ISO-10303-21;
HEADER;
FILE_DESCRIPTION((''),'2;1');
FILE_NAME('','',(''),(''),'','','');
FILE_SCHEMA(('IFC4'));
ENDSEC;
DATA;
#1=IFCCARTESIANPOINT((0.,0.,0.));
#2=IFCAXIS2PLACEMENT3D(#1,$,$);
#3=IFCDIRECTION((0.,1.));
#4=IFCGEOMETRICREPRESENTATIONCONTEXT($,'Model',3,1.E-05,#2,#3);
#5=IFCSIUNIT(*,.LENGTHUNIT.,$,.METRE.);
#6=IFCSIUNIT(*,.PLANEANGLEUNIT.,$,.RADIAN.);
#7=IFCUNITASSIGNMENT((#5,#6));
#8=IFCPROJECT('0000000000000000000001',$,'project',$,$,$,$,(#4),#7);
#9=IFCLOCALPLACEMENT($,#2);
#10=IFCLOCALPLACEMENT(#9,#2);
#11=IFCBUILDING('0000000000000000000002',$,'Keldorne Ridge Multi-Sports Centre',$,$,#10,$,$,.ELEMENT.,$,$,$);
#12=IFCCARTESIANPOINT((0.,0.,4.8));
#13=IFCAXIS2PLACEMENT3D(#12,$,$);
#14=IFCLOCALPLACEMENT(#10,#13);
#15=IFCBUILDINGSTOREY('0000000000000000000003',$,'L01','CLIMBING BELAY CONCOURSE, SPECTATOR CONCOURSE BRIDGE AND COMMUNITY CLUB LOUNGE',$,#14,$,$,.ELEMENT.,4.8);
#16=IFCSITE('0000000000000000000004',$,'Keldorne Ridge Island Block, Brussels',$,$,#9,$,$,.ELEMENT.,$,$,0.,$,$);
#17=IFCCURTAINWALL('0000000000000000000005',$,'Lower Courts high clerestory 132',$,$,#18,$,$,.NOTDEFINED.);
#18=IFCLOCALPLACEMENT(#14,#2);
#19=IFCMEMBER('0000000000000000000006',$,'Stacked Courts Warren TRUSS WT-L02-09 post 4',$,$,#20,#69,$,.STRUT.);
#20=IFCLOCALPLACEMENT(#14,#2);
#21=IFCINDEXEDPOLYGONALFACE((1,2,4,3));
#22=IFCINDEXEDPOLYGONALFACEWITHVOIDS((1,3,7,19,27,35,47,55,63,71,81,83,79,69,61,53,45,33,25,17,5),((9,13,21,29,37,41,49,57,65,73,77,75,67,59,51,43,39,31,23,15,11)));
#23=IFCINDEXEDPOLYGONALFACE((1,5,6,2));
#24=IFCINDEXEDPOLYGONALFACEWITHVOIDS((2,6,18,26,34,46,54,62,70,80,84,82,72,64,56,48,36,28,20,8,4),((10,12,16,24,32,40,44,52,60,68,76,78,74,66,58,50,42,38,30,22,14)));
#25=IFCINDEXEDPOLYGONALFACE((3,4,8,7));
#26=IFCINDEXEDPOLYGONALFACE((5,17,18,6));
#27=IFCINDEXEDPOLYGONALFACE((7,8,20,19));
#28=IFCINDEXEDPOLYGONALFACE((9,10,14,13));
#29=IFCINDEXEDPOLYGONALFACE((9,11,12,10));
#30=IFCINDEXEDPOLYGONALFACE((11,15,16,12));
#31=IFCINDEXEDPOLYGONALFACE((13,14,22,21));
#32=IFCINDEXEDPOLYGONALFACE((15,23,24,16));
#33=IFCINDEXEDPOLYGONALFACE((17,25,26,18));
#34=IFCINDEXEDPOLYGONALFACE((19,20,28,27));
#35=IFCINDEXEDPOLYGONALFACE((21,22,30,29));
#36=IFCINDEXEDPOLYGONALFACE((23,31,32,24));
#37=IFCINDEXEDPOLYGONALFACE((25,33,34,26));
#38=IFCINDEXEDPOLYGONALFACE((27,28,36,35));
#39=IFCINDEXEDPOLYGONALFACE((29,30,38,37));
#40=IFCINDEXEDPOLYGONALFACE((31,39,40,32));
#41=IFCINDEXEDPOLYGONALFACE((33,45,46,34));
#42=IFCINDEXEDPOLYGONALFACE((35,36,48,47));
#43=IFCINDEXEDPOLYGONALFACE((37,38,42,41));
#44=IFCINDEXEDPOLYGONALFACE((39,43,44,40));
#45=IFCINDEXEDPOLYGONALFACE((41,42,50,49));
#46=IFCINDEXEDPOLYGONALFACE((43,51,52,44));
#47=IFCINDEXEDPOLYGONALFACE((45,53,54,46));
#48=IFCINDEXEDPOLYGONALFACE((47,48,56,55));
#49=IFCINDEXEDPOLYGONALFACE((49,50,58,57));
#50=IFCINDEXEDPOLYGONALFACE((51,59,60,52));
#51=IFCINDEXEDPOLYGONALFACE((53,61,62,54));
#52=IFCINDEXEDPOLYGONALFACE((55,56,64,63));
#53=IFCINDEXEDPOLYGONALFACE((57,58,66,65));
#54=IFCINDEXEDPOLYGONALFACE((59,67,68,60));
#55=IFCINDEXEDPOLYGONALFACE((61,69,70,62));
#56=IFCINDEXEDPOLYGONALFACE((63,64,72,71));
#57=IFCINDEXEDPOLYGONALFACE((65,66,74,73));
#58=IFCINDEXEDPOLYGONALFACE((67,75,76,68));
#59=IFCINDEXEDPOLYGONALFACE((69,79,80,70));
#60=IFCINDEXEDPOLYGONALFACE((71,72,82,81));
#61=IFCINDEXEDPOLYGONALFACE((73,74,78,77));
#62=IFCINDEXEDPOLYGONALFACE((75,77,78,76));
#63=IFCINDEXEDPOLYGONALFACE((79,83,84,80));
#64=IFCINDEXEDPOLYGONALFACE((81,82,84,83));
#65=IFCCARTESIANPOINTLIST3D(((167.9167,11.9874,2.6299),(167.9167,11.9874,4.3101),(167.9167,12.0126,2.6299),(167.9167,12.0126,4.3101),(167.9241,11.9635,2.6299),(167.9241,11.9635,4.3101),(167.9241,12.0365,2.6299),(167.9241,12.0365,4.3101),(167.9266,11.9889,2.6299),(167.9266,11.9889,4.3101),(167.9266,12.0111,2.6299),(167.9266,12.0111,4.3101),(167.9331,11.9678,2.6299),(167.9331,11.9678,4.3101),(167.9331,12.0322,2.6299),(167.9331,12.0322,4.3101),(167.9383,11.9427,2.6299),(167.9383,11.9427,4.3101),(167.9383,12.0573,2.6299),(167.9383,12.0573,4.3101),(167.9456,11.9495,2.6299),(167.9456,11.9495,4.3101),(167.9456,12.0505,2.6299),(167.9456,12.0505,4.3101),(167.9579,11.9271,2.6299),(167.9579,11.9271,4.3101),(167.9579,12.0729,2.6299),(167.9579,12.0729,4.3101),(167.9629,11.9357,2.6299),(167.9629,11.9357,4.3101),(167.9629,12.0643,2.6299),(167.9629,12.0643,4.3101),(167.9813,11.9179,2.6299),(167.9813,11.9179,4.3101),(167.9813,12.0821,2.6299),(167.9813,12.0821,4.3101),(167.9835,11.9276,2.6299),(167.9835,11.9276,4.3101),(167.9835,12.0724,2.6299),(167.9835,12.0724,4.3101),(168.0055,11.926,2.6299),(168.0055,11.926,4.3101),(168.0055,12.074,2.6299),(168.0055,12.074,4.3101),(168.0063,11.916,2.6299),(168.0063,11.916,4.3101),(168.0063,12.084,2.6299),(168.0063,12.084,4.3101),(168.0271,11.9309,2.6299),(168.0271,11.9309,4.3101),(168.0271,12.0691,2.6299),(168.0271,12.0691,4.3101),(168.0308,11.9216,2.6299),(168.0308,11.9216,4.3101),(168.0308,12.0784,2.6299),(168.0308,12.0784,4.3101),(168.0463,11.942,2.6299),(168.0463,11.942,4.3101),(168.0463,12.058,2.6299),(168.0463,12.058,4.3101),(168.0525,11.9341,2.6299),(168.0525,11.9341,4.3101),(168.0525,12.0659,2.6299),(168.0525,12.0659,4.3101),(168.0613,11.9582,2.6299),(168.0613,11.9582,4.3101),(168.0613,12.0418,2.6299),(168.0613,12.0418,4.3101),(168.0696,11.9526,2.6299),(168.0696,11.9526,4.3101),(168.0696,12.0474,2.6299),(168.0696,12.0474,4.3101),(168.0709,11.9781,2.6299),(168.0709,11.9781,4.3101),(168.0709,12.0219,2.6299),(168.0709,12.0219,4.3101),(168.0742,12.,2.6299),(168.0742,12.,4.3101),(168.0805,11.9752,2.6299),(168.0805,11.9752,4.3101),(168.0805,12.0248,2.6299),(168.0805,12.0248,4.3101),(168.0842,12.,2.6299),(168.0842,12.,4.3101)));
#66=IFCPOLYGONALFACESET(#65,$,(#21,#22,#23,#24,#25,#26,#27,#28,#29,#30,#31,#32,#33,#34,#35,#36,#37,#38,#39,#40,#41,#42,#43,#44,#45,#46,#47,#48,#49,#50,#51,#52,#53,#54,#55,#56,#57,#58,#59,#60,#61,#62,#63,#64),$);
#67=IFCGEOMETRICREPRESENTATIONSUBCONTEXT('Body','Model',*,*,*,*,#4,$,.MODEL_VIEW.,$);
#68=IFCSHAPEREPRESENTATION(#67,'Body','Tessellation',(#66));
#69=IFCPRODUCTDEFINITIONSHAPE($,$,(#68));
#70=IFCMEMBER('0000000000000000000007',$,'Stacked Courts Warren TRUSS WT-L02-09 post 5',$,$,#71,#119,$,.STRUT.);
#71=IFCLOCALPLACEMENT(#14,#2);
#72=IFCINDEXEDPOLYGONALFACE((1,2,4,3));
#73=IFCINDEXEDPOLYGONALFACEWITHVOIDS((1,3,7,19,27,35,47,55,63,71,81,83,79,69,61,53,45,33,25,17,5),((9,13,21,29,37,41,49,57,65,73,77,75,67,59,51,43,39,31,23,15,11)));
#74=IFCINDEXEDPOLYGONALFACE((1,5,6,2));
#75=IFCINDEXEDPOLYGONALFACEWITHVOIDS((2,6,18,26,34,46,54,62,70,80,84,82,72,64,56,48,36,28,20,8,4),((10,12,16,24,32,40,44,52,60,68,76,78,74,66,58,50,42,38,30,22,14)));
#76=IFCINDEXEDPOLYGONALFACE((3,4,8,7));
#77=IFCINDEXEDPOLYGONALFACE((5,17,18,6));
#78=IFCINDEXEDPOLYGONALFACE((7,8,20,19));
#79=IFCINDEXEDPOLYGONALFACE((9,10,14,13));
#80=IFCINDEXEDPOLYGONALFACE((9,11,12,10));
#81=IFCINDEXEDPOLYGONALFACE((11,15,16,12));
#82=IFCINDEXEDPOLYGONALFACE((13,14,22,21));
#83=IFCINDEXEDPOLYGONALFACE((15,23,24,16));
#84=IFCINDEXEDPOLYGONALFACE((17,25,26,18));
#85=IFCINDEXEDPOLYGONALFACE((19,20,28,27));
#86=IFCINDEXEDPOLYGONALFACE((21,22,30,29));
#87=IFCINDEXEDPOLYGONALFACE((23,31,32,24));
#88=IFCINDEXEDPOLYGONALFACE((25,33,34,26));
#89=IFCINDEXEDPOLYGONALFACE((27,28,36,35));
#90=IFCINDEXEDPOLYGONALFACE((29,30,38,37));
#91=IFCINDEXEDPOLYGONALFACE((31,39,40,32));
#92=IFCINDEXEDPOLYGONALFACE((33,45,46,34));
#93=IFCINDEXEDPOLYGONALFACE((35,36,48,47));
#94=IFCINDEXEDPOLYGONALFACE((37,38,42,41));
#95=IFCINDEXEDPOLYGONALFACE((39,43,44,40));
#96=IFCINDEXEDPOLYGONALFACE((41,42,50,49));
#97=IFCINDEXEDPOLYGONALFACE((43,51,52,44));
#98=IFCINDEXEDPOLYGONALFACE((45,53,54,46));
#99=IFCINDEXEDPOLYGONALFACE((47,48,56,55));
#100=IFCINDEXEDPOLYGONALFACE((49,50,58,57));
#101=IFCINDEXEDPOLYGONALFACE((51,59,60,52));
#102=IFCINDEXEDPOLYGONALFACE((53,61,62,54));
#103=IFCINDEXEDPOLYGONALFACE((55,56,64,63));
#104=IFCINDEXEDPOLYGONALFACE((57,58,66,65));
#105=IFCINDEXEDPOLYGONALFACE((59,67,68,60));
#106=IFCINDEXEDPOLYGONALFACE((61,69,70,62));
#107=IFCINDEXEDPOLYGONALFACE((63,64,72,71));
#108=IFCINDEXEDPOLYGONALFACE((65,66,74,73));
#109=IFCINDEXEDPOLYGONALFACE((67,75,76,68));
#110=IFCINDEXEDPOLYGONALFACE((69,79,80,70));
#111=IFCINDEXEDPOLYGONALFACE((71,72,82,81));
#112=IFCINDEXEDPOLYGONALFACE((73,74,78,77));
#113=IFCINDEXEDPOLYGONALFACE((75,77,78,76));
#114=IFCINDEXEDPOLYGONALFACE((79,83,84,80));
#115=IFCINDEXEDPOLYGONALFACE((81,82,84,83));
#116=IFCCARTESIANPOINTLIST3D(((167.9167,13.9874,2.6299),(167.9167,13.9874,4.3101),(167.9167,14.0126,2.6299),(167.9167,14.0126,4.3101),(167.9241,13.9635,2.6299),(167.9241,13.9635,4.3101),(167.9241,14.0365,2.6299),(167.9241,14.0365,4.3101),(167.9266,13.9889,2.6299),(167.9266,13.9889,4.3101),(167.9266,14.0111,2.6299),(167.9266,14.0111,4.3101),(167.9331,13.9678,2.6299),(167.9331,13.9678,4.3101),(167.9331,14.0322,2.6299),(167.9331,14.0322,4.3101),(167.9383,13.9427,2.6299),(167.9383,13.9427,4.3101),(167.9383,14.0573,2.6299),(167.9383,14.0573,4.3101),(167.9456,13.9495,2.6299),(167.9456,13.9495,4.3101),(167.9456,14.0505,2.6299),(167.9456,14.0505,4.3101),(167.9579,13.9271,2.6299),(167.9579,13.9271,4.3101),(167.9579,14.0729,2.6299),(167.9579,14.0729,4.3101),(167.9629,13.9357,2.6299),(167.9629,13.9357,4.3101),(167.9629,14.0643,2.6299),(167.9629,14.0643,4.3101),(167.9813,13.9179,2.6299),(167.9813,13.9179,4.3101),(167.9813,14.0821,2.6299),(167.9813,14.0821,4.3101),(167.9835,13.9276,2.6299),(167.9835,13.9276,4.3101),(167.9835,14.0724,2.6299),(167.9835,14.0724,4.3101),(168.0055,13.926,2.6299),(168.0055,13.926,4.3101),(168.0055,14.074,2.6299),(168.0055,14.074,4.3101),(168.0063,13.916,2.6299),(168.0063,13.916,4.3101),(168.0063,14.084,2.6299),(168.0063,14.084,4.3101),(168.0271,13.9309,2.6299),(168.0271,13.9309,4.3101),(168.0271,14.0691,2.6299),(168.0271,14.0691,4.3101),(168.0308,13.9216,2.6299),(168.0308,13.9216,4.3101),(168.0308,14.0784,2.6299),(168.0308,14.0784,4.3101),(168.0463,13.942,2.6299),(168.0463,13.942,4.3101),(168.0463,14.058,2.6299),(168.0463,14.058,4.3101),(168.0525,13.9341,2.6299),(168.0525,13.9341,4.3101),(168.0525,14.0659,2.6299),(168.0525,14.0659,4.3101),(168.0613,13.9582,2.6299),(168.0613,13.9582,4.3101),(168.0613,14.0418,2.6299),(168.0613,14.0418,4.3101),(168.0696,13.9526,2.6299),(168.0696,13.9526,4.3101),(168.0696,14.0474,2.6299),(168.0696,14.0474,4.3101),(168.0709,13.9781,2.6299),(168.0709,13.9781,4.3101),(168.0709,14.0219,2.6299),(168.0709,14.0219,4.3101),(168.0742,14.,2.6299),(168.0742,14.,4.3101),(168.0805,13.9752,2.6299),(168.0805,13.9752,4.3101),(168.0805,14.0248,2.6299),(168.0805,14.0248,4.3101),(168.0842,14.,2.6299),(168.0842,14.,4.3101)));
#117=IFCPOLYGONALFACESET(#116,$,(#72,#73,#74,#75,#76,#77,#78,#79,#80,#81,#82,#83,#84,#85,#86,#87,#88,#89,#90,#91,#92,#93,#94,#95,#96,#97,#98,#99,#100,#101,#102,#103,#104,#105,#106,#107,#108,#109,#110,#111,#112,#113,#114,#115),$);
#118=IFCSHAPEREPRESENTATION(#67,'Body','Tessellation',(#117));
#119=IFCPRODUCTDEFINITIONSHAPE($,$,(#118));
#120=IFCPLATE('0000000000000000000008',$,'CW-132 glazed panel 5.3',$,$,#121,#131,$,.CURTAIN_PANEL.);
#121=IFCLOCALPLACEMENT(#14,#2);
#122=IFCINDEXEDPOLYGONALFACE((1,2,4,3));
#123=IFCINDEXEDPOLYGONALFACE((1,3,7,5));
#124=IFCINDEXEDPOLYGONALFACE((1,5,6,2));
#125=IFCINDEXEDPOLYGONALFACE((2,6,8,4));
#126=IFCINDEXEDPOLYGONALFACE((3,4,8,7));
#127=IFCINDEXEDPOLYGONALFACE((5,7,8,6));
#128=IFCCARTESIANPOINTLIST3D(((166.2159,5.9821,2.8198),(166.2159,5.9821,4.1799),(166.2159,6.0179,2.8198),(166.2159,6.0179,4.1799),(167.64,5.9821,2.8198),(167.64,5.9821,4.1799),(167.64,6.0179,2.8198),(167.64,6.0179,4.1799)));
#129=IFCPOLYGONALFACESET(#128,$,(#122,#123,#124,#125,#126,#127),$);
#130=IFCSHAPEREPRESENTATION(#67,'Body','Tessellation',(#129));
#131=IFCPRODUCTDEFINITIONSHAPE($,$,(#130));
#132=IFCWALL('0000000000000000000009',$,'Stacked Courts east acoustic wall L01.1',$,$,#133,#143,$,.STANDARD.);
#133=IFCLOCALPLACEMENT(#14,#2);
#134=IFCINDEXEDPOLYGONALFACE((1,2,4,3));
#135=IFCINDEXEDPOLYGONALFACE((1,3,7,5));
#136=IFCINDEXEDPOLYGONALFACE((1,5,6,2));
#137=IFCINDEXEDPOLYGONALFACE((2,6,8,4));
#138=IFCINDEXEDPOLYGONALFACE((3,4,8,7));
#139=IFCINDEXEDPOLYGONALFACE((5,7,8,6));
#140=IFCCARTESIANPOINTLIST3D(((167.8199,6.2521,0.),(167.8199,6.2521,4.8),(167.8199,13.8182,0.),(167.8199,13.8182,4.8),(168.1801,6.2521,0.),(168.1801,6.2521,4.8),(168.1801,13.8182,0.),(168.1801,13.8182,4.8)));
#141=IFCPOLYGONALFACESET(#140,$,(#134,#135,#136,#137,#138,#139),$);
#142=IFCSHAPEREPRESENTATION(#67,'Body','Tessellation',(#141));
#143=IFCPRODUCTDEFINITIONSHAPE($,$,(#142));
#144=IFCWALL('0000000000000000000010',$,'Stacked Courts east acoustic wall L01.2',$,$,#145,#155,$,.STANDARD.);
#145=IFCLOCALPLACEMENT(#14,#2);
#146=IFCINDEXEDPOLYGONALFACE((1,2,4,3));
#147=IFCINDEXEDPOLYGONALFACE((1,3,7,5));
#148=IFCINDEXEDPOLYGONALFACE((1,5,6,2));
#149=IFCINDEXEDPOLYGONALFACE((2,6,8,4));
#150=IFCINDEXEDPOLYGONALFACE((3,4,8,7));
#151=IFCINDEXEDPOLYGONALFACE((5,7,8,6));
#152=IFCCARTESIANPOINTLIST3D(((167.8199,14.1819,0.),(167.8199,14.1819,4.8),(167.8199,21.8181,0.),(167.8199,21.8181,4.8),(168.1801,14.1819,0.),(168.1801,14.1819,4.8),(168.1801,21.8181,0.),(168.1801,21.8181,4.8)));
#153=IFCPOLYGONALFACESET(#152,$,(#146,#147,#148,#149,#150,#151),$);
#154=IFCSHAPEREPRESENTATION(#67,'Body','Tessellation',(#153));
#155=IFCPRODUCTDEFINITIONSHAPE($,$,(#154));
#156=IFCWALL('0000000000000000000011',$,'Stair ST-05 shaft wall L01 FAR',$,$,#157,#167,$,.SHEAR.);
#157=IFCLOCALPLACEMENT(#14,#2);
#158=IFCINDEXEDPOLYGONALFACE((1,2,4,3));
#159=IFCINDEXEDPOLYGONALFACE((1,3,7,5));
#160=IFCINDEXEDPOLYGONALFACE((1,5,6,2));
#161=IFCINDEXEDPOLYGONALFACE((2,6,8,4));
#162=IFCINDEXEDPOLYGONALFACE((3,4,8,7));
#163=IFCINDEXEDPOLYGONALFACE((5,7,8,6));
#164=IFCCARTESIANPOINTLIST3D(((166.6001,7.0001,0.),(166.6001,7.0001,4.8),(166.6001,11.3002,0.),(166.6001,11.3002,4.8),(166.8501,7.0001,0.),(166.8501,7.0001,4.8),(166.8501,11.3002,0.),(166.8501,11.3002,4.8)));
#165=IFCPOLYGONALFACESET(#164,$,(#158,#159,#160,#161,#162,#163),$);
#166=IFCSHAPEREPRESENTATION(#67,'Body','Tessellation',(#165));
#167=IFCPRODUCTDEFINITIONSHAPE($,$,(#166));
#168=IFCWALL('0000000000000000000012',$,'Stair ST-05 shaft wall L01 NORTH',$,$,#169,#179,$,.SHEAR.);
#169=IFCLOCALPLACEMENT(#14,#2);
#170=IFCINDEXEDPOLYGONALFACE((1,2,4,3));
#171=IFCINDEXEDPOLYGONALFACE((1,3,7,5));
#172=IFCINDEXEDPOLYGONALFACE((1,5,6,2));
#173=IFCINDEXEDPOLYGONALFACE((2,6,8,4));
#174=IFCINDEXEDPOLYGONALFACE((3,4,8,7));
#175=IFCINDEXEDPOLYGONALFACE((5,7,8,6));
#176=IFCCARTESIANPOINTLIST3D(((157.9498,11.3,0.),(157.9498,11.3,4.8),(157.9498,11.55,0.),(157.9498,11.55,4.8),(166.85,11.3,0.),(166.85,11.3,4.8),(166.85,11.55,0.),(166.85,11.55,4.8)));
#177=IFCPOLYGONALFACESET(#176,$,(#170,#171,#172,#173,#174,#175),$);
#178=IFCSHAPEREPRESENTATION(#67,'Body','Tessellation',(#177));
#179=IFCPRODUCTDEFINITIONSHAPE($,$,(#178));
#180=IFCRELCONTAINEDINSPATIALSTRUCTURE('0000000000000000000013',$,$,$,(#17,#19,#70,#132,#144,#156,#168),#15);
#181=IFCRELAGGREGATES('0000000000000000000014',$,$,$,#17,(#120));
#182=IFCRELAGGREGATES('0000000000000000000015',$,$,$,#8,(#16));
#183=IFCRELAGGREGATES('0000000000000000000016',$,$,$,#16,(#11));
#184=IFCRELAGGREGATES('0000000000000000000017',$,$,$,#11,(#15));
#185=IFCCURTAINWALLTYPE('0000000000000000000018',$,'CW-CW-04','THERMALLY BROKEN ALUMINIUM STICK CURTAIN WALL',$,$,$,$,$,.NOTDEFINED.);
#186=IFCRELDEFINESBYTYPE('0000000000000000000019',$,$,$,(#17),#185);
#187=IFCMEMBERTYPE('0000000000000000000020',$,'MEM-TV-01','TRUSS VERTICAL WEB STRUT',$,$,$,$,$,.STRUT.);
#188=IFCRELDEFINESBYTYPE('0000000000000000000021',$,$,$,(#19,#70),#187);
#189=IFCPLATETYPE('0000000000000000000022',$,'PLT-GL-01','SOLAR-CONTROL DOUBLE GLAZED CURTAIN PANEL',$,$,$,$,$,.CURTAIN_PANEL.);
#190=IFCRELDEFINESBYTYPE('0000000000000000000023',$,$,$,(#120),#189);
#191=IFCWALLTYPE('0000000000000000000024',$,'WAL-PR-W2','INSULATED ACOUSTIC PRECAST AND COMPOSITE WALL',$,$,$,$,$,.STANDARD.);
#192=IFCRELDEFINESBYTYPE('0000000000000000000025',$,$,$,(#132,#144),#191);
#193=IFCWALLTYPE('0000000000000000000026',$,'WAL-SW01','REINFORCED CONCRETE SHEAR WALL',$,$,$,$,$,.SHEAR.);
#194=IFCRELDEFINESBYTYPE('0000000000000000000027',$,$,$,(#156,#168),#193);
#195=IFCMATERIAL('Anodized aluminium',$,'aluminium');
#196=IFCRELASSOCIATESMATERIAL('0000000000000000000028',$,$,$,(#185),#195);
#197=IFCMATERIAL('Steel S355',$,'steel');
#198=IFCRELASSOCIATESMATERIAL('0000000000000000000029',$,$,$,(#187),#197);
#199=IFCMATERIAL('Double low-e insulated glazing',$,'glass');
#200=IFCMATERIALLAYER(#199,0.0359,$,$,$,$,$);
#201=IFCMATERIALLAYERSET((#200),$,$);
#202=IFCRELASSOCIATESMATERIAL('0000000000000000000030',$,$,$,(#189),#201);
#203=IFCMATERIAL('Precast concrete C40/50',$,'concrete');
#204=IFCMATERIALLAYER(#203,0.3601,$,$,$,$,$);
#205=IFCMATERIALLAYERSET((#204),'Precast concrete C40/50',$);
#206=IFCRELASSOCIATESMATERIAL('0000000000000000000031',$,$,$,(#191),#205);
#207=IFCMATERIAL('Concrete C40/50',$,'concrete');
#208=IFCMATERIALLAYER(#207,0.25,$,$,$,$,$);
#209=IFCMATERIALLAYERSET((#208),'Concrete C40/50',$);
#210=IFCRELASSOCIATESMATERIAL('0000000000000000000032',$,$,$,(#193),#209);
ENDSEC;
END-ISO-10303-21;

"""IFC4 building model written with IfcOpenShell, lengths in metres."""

from ifc_helpers import new_model, si_unit, direction, frame, frame_2d, origin, origin_2d, place, context, subcontext, project, spatial, rectangle, hollow_circle, extrude, material, layer, layer_set, material_profile, profile_set, type_object, element, aggregate, save


model = new_model("IFC4")

# Units and contexts
model_context = context("Model", 3, precision=1e-05, world=origin(), true_north=direction((0.0, 1.0)))
body_context = subcontext(model_context, "Body", "Model", "MODEL_VIEW")
ifc_project = project(units=[si_unit("LENGTHUNIT", "METRE"), si_unit("PLANEANGLEUNIT", "RADIAN")], contexts=[model_context])

# Site, building, storey
site_placement = place(None, origin())
site = spatial("IfcSite", under=ifc_project, at=site_placement, Name="Keldorne Ridge Island Block, Brussels", CompositionType="ELEMENT", RefElevation=0.0)
building_placement = place(site_placement, origin())
building = spatial("IfcBuilding", under=site, at=building_placement, Name="Keldorne Ridge Multi-Sports Centre", CompositionType="ELEMENT")
storey_placement = place(building_placement, frame((0.0, 0.0, 4.8)))
storey = spatial("IfcBuildingStorey", under=building, at=storey_placement, Name="L01", Description="CLIMBING BELAY CONCOURSE, SPECTATOR CONCOURSE BRIDGE AND COMMUNITY CLUB LOUNGE", CompositionType="ELEMENT", Elevation=4.8)

# Shared definitions
ifc_material_1 = material(Name="Steel S355", Category="steel")

# Curtain wall
ifc_material_2 = material(Name="Anodized aluminium", Category="aluminium")
curtain_wall_type = type_object("IfcCurtainWallType", Name="CW-CW-04", Description="THERMALLY BROKEN ALUMINIUM STICK CURTAIN WALL", PredefinedType="NOTDEFINED", material=ifc_material_2)
curtain_wall_placement = place(storey_placement, origin())
curtain_wall = element("IfcCurtainWall", 1, at=curtain_wall_placement, inside=storey, type_object=curtain_wall_type, Name="Lower Courts high clerestory 132", PredefinedType="NOTDEFINED")

# Members
ifc_material_profile_1 = material_profile(ifc_material_1, hollow_circle(Radius=0.0842, WallThickness=0.01, at=origin_2d()), Name="CHS 168.3x10")
ifc_profile_set_1 = profile_set([ifc_material_profile_1], Name="Steel S355")
member_type_1 = type_object("IfcMemberType", Name="MEM-TV-01", Description="TRUSS VERTICAL WEB STRUT", PredefinedType="STRUT", material=ifc_profile_set_1)
for number, where, z_axis, x_axis, name in (
    (2, (168.0, 12.0, 2.6299), (0.0, 0.0, 1.0), (1.0, 0.0, 0.0), "Stacked Courts Warren TRUSS WT-L02-09 post 4"),
    (3, (168.0, 14.0, 2.6299), (0.0, 0.0, 1.0), (1.0, 0.0, 0.0), "Stacked Courts Warren TRUSS WT-L02-09 post 5"),
):
    element("IfcMember", number, at=place(storey_placement, frame(where, z_axis=z_axis, x_axis=x_axis)), inside=storey, type_object=member_type_1, Name=name, PredefinedType="STRUT", context=body_context, shape_type="SweptSolid", body=[
        extrude(hollow_circle(Radius=0.0842, WallThickness=0.01, at=origin_2d()), origin(), (0.0, 0.0, 1.0), 1.6802),
    ])

# Plate
ifc_material_3 = material(Name="Double low-e insulated glazing", Category="glass")
ifc_layer_1 = layer(ifc_material_3, 0.0359)
ifc_layer_set_1 = layer_set([ifc_layer_1])
plate_type = type_object("IfcPlateType", Name="PLT-GL-01", Description="SOLAR-CONTROL DOUBLE GLAZED CURTAIN PANEL", PredefinedType="CURTAIN_PANEL", material=ifc_layer_set_1)
plate_placement = place(storey_placement, frame((166.928, 6.0, 2.8198), z_axis=(0.0, 0.0, 1.0), x_axis=(1.0, 0.0, 0.0)))
plate = element("IfcPlate", 4, at=plate_placement, type_object=plate_type, Name="CW-132 glazed panel 5.3", PredefinedType="CURTAIN_PANEL", context=body_context, shape_type="SweptSolid", body=[
    extrude(rectangle(XDim=1.4241, YDim=0.0359, at=origin_2d()), origin(), (0.0, 0.0, 1.0), 1.3601),
])
aggregate(curtain_wall, [plate])

# Walls
ifc_material_4 = material(Name="Precast concrete C40/50", Category="concrete")
ifc_layer_2 = layer(ifc_material_4, 0.3601)
ifc_layer_set_2 = layer_set([ifc_layer_2], Name="Precast concrete C40/50")
wall_type_1 = type_object("IfcWallType", Name="WAL-PR-W2", Description="INSULATED ACOUSTIC PRECAST AND COMPOSITE WALL", PredefinedType="STANDARD", material=ifc_layer_set_2)
wall_1_placement = place(storey_placement, frame((168.0, 6.252, 0.0), z_axis=(0.0, 0.0, 1.0), x_axis=(0.0, 1.0, 0.0)))
element("IfcWall", 5, at=wall_1_placement, inside=storey, type_object=wall_type_1, Name="Stacked Courts east acoustic wall L01.1", PredefinedType="STANDARD", context=body_context, shape_type="SweptSolid", body=[
    extrude(rectangle(XDim=7.5662, YDim=0.3601, at=frame_2d((3.7832, 0.0))), origin(), (0.0, 0.0, 1.0), 4.8),
])
wall_2_placement = place(storey_placement, frame((168.0, 14.1819, 0.0), z_axis=(0.0, 0.0, 1.0), x_axis=(0.0, 1.0, 0.0)))
element("IfcWall", 6, at=wall_2_placement, inside=storey, type_object=wall_type_1, Name="Stacked Courts east acoustic wall L01.2", PredefinedType="STANDARD", context=body_context, shape_type="SweptSolid", body=[
    extrude(rectangle(XDim=7.6362, YDim=0.3601, at=frame_2d((3.8181, 0.0))), origin(), (0.0, 0.0, 1.0), 4.8),
])
ifc_material_5 = material(Name="Concrete C40/50", Category="concrete")
ifc_layer_3 = layer(ifc_material_5, 0.25)
ifc_layer_set_3 = layer_set([ifc_layer_3], Name="Concrete C40/50")
wall_type_2 = type_object("IfcWallType", Name="WAL-SW01", Description="REINFORCED CONCRETE SHEAR WALL", PredefinedType="SHEAR", material=ifc_layer_set_3)
wall_3_placement = place(storey_placement, frame((166.7251, 11.3, 0.0), z_axis=(0.0, 0.0, 1.0), x_axis=(0.0, -1.0, 0.0)))
element("IfcWall", 7, at=wall_3_placement, inside=storey, type_object=wall_type_2, Name="Stair ST-05 shaft wall L01 FAR", PredefinedType="SHEAR", context=body_context, shape_type="SweptSolid", body=[
    extrude(rectangle(XDim=4.3, YDim=0.25, at=frame_2d((2.1499, 0.0))), origin(), (0.0, 0.0, 1.0), 4.8),
])
wall_4_placement = place(storey_placement, frame((166.8501, 11.425, 0.0), z_axis=(0.0, 0.0, 1.0), x_axis=(-1.0, 0.0, 0.0)))
element("IfcWall", 8, at=wall_4_placement, inside=storey, type_object=wall_type_2, Name="Stair ST-05 shaft wall L01 NORTH", PredefinedType="SHEAR", context=body_context, shape_type="SweptSolid", body=[
    extrude(rectangle(XDim=8.9001, YDim=0.25, at=frame_2d((4.4502, 0.0))), origin(), (0.0, 0.0, 1.0), 4.8),
])

save(model, "model.ifc")
